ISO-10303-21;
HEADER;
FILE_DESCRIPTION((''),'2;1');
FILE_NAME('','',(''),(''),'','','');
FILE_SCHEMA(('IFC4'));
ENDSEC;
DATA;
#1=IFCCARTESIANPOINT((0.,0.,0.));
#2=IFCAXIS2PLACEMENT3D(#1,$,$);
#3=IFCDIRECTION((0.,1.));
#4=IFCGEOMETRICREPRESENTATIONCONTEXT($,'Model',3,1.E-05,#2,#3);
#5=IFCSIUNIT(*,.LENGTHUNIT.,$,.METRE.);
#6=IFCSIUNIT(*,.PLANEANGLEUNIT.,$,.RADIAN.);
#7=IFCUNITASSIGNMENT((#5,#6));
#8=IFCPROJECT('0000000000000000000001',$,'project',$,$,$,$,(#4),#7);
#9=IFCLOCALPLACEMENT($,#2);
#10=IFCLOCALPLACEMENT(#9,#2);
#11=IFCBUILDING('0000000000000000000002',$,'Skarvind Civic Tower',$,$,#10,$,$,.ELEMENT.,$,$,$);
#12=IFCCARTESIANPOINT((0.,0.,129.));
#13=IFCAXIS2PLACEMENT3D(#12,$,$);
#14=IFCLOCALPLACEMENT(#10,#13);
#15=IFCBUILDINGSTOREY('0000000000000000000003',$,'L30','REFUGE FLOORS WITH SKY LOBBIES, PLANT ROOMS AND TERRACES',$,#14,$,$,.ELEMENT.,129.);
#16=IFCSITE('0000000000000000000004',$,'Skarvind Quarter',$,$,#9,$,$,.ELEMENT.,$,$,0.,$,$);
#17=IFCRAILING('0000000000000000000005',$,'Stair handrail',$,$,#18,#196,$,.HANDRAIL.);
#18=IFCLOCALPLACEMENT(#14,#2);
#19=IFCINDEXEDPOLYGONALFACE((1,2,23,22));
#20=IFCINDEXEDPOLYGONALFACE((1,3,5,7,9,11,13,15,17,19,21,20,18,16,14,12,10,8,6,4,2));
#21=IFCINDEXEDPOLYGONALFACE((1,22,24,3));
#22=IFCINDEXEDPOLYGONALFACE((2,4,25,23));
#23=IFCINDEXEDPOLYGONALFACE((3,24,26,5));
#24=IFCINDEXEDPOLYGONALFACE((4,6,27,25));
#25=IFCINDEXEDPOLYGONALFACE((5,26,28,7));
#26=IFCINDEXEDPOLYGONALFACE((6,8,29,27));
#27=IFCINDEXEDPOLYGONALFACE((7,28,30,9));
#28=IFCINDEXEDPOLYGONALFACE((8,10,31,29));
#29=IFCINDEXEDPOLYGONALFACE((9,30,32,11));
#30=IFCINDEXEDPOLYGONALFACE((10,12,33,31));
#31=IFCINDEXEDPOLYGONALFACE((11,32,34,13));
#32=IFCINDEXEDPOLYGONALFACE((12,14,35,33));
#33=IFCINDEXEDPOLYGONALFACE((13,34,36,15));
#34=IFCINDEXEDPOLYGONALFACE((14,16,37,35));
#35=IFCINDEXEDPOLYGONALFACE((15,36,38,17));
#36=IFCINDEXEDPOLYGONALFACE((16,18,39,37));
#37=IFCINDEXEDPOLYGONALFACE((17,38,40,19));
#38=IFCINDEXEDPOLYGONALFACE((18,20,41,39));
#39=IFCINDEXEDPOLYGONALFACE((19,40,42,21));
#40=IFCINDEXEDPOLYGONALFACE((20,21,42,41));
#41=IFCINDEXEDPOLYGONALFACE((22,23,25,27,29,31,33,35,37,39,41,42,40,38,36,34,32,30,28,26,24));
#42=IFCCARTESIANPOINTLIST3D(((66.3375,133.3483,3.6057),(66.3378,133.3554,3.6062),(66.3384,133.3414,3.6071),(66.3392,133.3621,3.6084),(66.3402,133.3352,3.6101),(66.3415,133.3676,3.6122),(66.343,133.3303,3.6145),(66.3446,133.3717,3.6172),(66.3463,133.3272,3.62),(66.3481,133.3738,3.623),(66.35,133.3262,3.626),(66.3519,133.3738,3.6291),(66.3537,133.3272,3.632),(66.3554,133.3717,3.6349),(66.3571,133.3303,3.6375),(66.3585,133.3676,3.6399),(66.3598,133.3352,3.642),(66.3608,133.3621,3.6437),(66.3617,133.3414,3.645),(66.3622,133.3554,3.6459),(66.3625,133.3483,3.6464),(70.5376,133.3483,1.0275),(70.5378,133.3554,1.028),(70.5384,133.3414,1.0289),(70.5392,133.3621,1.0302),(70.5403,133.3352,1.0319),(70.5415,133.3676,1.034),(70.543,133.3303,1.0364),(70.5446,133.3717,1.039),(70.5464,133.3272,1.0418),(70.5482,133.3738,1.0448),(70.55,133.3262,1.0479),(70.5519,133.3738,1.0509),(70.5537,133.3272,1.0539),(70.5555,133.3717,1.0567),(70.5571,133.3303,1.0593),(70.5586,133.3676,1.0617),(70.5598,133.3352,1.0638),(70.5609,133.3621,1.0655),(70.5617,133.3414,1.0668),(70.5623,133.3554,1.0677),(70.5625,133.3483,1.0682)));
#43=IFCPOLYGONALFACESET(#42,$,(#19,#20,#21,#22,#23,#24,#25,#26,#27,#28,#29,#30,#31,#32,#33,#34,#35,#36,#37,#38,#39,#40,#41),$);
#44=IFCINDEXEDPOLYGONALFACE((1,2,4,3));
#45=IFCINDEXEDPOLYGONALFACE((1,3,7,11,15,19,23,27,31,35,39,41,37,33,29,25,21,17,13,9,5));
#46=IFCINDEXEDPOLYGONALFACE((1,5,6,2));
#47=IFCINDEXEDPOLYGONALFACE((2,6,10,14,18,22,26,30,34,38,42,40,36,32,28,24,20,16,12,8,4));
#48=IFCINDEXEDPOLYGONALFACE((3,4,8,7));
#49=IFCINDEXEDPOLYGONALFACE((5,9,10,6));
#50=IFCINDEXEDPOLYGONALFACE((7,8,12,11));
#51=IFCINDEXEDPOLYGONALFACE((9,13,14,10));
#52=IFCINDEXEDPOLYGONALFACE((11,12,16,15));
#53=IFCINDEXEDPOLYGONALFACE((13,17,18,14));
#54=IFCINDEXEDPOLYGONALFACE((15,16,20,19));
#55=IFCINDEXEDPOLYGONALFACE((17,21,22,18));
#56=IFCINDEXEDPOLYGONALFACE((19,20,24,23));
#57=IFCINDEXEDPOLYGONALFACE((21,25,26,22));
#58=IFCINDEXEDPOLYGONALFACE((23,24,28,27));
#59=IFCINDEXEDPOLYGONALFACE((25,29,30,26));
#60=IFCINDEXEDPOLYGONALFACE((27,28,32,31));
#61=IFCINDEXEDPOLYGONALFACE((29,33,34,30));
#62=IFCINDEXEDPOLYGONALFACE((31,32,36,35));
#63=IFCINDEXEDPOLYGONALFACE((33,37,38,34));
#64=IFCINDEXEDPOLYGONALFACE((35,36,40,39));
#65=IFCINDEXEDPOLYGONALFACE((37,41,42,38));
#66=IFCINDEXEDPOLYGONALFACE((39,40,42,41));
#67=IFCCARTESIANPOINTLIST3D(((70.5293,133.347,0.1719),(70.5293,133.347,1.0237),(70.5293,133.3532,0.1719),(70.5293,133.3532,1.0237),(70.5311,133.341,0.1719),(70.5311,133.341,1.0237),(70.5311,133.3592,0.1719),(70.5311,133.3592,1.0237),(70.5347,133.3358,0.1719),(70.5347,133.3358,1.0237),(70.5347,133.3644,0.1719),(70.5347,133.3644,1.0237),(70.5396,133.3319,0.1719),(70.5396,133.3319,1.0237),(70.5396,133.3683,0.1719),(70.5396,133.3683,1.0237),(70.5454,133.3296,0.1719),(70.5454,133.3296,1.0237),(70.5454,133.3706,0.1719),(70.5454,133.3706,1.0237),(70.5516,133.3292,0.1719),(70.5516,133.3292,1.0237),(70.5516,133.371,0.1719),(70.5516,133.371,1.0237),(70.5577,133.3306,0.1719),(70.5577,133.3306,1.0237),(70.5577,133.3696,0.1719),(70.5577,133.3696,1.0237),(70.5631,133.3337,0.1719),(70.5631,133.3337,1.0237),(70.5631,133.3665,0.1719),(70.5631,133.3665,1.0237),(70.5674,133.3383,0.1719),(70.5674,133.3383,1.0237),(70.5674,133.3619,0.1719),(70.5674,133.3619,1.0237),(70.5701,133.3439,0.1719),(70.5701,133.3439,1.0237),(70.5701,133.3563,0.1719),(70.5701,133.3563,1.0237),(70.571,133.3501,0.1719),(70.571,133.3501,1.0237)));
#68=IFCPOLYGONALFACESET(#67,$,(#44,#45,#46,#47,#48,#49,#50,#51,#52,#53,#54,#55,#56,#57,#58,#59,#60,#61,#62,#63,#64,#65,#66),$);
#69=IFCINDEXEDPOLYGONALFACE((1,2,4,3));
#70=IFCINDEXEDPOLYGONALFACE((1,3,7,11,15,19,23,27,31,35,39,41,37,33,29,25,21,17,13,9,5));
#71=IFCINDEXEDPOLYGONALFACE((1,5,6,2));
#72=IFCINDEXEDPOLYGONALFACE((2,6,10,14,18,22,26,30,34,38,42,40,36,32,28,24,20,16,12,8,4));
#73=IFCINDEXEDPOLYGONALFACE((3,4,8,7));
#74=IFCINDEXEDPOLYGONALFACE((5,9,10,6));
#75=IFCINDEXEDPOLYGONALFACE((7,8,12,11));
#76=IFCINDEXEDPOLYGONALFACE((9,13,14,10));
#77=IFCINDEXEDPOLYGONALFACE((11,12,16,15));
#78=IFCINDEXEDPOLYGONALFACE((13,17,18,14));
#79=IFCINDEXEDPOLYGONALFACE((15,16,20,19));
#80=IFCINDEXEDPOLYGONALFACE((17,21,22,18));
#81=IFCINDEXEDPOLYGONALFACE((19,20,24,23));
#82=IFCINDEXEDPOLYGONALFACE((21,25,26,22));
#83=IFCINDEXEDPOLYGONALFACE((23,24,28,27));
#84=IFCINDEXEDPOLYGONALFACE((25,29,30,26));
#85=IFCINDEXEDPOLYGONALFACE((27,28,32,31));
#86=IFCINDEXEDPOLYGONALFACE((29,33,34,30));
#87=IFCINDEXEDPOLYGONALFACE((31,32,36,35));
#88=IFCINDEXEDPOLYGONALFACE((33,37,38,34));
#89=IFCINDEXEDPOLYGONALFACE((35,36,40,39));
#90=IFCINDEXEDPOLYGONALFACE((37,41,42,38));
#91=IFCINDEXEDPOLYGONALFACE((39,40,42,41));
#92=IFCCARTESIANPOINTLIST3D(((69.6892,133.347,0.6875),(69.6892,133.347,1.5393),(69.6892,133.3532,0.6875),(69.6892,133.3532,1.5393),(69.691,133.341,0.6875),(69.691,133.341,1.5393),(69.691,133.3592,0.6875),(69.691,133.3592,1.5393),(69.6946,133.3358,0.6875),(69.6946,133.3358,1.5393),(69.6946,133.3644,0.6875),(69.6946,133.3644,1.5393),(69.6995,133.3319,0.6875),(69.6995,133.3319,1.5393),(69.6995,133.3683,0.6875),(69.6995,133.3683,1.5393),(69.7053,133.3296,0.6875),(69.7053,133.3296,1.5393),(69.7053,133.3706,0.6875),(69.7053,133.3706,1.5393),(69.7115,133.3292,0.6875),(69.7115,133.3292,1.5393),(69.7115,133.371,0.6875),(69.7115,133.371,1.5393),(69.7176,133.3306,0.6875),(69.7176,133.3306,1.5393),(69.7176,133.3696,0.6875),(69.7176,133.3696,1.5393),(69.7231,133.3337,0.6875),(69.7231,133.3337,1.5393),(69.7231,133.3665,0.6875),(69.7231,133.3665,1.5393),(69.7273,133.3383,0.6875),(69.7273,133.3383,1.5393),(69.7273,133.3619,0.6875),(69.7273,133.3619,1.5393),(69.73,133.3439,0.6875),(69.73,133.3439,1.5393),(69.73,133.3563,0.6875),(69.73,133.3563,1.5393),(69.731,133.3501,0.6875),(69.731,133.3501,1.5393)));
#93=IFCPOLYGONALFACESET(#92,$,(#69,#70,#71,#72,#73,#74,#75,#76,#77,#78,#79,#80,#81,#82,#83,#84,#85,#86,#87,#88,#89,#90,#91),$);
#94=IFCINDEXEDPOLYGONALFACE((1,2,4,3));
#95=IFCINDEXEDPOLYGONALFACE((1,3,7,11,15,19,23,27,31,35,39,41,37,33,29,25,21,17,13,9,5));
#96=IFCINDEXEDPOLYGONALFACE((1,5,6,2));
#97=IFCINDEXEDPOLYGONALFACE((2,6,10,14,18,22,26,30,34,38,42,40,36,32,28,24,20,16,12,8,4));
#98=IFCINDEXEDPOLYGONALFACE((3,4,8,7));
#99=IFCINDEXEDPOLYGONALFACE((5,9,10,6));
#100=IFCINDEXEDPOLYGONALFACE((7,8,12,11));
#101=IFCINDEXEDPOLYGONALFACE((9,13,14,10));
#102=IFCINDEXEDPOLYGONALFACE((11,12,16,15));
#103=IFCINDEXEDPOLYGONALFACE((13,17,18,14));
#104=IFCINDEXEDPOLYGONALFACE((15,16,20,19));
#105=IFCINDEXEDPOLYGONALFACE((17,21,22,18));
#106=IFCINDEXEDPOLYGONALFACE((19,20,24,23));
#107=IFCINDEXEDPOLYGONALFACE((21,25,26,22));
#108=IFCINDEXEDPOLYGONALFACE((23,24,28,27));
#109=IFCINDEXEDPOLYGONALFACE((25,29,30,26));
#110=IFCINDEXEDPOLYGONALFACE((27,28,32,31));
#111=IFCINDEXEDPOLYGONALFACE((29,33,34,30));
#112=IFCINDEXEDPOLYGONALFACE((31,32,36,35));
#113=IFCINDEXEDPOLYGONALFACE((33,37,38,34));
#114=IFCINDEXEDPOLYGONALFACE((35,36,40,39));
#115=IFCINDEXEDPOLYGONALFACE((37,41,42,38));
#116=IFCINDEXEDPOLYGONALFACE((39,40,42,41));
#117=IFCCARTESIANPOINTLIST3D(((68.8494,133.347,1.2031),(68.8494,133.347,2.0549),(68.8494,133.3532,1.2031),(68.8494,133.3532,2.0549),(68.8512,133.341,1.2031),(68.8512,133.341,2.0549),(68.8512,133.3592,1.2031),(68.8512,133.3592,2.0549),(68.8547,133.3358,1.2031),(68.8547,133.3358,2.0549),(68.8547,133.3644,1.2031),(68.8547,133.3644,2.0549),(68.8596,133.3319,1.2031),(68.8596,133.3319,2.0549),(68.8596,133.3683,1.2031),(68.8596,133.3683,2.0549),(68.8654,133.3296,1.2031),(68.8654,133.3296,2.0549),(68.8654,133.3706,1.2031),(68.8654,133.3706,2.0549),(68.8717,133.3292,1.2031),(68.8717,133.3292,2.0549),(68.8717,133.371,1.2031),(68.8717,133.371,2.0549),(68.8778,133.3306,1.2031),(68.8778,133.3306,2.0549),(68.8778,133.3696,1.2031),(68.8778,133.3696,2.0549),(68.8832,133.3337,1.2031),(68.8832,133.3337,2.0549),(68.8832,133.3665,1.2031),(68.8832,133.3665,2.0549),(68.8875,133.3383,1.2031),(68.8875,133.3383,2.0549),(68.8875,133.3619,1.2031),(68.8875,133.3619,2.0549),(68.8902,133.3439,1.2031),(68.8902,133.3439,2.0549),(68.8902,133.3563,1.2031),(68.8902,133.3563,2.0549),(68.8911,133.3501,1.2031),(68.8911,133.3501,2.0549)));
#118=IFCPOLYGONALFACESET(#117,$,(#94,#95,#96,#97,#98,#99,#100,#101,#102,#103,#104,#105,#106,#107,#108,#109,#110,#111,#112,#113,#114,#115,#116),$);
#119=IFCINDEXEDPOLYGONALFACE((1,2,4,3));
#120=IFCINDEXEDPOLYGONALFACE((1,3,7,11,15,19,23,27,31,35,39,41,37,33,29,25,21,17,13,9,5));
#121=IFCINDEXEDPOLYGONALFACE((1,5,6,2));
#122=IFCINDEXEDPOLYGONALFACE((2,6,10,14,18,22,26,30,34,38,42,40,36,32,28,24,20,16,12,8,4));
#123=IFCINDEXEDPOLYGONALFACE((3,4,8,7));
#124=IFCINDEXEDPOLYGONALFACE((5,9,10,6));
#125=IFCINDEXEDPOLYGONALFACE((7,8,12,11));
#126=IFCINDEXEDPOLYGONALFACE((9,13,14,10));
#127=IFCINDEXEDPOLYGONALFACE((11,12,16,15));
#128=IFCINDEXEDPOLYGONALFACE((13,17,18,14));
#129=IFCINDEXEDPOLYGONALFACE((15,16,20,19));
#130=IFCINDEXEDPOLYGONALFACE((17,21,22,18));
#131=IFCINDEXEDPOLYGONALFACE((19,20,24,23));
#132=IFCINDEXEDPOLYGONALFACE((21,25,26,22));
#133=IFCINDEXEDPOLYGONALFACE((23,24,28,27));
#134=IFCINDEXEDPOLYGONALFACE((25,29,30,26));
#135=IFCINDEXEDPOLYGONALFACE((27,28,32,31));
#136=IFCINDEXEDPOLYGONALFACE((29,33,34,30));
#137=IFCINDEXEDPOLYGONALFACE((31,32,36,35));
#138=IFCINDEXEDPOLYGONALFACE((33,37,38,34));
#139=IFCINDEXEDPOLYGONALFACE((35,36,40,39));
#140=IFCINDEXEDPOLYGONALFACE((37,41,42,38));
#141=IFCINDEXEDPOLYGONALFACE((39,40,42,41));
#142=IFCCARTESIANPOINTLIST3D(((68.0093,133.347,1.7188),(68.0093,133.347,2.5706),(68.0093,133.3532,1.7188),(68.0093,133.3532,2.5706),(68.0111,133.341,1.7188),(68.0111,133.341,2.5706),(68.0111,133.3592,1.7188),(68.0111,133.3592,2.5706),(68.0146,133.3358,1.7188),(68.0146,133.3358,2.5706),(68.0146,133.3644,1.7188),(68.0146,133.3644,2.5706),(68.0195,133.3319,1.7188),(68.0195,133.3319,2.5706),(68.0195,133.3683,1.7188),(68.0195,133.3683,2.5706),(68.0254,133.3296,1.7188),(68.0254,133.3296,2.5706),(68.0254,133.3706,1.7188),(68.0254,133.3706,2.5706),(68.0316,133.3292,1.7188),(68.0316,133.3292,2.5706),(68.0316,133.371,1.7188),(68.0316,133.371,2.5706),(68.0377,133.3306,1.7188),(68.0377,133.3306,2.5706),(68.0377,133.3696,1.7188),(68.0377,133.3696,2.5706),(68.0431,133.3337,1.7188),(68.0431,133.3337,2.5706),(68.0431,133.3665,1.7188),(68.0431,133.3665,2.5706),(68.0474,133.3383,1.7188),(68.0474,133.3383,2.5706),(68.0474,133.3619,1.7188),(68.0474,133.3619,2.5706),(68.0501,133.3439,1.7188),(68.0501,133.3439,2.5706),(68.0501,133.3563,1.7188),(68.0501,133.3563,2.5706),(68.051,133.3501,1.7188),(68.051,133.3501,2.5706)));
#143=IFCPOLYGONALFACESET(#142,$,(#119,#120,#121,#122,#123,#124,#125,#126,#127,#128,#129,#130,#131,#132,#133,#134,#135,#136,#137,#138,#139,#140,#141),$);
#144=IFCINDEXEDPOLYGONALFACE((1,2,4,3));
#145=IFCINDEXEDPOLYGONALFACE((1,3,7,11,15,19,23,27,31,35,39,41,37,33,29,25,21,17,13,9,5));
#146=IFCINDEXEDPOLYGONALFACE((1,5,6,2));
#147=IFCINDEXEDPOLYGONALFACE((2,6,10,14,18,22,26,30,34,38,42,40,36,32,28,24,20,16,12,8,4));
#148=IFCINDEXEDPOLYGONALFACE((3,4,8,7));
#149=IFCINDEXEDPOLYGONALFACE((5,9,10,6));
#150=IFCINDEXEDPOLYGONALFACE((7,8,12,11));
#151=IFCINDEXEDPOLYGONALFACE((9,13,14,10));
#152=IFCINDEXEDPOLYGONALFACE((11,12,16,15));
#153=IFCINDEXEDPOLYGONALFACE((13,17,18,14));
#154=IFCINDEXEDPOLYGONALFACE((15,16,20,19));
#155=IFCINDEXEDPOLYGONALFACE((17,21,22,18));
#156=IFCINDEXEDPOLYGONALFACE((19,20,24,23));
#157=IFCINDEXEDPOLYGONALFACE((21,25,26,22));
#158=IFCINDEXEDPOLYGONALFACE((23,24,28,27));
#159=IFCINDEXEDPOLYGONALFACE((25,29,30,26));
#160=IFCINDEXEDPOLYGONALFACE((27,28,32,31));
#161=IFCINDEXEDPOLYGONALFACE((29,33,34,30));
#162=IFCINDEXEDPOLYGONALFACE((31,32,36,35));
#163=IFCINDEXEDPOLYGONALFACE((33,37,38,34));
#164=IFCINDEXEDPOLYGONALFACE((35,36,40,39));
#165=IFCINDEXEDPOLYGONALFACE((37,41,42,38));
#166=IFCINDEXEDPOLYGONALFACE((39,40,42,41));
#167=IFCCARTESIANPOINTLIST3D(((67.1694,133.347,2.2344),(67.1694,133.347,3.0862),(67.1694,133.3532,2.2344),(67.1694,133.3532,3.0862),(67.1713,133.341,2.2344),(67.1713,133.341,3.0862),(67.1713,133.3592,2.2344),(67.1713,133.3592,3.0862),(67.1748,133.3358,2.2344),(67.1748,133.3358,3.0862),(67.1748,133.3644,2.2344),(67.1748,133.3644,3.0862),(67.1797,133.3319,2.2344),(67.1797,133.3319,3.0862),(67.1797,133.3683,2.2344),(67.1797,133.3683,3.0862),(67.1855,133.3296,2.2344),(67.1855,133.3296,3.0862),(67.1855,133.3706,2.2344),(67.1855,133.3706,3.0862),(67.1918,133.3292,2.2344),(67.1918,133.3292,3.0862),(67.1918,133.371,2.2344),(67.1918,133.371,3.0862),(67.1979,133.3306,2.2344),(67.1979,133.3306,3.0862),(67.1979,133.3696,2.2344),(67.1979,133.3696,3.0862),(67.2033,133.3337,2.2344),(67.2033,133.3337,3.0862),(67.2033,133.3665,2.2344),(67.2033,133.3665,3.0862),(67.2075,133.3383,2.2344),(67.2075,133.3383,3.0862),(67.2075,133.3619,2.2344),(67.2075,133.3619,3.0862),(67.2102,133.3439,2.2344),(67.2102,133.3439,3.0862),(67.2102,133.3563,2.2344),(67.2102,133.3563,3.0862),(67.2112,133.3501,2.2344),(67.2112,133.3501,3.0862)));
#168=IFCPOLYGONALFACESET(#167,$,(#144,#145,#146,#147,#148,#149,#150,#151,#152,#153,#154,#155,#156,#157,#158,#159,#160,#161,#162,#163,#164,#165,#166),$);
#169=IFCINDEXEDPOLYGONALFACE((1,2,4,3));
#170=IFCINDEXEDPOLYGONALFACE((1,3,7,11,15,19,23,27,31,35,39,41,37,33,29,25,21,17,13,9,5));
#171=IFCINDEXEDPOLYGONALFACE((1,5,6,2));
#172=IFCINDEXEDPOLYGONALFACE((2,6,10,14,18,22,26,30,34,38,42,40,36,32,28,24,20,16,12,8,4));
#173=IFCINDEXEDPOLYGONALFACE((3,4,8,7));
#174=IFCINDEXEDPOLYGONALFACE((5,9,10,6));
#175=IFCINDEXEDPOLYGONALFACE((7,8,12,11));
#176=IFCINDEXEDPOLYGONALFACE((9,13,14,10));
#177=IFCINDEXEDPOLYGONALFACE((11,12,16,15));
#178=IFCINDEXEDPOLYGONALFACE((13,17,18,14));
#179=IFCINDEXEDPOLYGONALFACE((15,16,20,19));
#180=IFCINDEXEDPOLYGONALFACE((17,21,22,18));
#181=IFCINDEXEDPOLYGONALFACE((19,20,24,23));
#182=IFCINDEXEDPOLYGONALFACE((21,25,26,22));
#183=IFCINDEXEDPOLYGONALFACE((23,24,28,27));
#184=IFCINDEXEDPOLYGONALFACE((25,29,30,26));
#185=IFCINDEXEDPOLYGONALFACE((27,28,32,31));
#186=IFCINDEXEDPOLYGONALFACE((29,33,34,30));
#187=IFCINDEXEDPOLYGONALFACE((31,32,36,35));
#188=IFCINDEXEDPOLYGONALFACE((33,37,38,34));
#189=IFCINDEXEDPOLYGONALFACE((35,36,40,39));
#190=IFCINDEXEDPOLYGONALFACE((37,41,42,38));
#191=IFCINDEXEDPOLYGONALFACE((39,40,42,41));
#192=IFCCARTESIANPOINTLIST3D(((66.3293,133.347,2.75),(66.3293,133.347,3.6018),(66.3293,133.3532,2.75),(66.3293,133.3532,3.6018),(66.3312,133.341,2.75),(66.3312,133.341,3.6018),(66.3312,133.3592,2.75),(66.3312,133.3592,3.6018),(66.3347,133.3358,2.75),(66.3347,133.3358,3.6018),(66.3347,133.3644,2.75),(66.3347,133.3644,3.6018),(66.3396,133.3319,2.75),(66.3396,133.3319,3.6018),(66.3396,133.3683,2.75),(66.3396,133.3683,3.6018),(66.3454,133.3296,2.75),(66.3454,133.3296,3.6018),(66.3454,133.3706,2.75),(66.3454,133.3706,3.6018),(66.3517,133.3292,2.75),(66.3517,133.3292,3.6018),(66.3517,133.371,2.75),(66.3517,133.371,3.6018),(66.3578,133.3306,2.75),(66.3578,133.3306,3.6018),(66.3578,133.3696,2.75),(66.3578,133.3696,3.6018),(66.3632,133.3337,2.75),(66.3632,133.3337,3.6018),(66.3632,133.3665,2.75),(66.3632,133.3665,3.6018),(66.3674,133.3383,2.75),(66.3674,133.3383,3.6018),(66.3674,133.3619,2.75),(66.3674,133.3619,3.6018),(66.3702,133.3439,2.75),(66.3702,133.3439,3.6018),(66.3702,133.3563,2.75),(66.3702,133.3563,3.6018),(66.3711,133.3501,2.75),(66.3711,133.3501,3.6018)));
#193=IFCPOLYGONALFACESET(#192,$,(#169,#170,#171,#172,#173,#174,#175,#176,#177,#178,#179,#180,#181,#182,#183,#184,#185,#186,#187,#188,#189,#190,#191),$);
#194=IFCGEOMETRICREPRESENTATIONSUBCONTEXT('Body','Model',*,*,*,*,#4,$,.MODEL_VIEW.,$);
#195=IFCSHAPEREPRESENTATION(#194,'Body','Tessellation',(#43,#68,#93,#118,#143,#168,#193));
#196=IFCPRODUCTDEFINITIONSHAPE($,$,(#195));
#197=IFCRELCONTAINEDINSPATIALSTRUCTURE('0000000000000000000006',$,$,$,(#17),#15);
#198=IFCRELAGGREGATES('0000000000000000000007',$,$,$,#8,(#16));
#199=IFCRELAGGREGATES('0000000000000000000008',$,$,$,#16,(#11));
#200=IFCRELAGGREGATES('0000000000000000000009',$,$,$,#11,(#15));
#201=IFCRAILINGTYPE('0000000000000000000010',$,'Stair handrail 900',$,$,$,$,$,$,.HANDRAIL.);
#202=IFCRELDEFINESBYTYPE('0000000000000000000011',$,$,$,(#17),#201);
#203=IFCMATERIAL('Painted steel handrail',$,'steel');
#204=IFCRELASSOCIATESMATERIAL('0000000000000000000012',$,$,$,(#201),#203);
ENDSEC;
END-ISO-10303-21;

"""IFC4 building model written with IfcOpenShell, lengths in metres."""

from ifc_helpers import new_model, si_unit, direction, frame, origin, origin_2d, place, context, subcontext, project, spatial, circle, extrude, material, type_object, element, save


model = new_model("IFC4")

# Units and contexts
model_context = context("Model", 3, precision=1e-05, world=origin(), true_north=direction((0.0, 1.0)))
body_context = subcontext(model_context, "Body", "Model", "MODEL_VIEW")
ifc_project = project(units=[si_unit("LENGTHUNIT", "METRE"), si_unit("PLANEANGLEUNIT", "RADIAN")], contexts=[model_context])

# Site, building, storey
site_placement = place(None, origin())
site = spatial("IfcSite", under=ifc_project, at=site_placement, Name="Skarvind Quarter", CompositionType="ELEMENT", RefElevation=0.0)
building_placement = place(site_placement, origin())
building = spatial("IfcBuilding", under=site, at=building_placement, Name="Skarvind Civic Tower", CompositionType="ELEMENT")
storey_placement = place(building_placement, frame((0.0, 0.0, 129.0)))
storey = spatial("IfcBuildingStorey", under=building, at=storey_placement, Name="L30", Description="REFUGE FLOORS WITH SKY LOBBIES, PLANT ROOMS AND TERRACES", CompositionType="ELEMENT", Elevation=129.0)

# Railing
ifc_material_1 = material(Name="Painted steel handrail", Category="steel")
railing_type = type_object("IfcRailingType", Name="Stair handrail 900", PredefinedType="HANDRAIL", material=ifc_material_1)
railing_1_placement = place(storey_placement, frame((70.55, 133.3501, 0.1719)))
element("IfcRailing", 1, at=railing_1_placement, inside=storey, type_object=railing_type, Name="Stair handrail", PredefinedType="HANDRAIL", context=body_context, shape_type="SweptSolid", body=[
    extrude(circle(Radius=0.0239, at=origin_2d()), frame((0.0, 0.0, 0.876), z_axis=(-0.852243, 0.0, 0.523146), x_axis=(0.0, -1.0, 0.0)), (0.0, 0.0, 1.0), 4.9282),
    extrude(circle(Radius=0.021, at=origin_2d()), origin(), (0.0, 0.0, 1.0), 0.8518),
    extrude(circle(Radius=0.021, at=origin_2d()), frame((-0.8401, 0.0, 0.5156)), (0.0, 0.0, 1.0), 0.8518),
    extrude(circle(Radius=0.021, at=origin_2d()), frame((-1.6799, 0.0, 1.0312)), (0.0, 0.0, 1.0), 0.8518),
    extrude(circle(Radius=0.021, at=origin_2d()), frame((-2.52, 0.0, 1.5469)), (0.0, 0.0, 1.0), 0.8518),
    extrude(circle(Radius=0.021, at=origin_2d()), frame((-3.3599, 0.0, 2.0625)), (0.0, 0.0, 1.0), 0.8518),
    extrude(circle(Radius=0.021, at=origin_2d()), frame((-4.2, 0.0, 2.5781)), (0.0, 0.0, 1.0), 0.8518),
])

save(model, "model.ifc")
